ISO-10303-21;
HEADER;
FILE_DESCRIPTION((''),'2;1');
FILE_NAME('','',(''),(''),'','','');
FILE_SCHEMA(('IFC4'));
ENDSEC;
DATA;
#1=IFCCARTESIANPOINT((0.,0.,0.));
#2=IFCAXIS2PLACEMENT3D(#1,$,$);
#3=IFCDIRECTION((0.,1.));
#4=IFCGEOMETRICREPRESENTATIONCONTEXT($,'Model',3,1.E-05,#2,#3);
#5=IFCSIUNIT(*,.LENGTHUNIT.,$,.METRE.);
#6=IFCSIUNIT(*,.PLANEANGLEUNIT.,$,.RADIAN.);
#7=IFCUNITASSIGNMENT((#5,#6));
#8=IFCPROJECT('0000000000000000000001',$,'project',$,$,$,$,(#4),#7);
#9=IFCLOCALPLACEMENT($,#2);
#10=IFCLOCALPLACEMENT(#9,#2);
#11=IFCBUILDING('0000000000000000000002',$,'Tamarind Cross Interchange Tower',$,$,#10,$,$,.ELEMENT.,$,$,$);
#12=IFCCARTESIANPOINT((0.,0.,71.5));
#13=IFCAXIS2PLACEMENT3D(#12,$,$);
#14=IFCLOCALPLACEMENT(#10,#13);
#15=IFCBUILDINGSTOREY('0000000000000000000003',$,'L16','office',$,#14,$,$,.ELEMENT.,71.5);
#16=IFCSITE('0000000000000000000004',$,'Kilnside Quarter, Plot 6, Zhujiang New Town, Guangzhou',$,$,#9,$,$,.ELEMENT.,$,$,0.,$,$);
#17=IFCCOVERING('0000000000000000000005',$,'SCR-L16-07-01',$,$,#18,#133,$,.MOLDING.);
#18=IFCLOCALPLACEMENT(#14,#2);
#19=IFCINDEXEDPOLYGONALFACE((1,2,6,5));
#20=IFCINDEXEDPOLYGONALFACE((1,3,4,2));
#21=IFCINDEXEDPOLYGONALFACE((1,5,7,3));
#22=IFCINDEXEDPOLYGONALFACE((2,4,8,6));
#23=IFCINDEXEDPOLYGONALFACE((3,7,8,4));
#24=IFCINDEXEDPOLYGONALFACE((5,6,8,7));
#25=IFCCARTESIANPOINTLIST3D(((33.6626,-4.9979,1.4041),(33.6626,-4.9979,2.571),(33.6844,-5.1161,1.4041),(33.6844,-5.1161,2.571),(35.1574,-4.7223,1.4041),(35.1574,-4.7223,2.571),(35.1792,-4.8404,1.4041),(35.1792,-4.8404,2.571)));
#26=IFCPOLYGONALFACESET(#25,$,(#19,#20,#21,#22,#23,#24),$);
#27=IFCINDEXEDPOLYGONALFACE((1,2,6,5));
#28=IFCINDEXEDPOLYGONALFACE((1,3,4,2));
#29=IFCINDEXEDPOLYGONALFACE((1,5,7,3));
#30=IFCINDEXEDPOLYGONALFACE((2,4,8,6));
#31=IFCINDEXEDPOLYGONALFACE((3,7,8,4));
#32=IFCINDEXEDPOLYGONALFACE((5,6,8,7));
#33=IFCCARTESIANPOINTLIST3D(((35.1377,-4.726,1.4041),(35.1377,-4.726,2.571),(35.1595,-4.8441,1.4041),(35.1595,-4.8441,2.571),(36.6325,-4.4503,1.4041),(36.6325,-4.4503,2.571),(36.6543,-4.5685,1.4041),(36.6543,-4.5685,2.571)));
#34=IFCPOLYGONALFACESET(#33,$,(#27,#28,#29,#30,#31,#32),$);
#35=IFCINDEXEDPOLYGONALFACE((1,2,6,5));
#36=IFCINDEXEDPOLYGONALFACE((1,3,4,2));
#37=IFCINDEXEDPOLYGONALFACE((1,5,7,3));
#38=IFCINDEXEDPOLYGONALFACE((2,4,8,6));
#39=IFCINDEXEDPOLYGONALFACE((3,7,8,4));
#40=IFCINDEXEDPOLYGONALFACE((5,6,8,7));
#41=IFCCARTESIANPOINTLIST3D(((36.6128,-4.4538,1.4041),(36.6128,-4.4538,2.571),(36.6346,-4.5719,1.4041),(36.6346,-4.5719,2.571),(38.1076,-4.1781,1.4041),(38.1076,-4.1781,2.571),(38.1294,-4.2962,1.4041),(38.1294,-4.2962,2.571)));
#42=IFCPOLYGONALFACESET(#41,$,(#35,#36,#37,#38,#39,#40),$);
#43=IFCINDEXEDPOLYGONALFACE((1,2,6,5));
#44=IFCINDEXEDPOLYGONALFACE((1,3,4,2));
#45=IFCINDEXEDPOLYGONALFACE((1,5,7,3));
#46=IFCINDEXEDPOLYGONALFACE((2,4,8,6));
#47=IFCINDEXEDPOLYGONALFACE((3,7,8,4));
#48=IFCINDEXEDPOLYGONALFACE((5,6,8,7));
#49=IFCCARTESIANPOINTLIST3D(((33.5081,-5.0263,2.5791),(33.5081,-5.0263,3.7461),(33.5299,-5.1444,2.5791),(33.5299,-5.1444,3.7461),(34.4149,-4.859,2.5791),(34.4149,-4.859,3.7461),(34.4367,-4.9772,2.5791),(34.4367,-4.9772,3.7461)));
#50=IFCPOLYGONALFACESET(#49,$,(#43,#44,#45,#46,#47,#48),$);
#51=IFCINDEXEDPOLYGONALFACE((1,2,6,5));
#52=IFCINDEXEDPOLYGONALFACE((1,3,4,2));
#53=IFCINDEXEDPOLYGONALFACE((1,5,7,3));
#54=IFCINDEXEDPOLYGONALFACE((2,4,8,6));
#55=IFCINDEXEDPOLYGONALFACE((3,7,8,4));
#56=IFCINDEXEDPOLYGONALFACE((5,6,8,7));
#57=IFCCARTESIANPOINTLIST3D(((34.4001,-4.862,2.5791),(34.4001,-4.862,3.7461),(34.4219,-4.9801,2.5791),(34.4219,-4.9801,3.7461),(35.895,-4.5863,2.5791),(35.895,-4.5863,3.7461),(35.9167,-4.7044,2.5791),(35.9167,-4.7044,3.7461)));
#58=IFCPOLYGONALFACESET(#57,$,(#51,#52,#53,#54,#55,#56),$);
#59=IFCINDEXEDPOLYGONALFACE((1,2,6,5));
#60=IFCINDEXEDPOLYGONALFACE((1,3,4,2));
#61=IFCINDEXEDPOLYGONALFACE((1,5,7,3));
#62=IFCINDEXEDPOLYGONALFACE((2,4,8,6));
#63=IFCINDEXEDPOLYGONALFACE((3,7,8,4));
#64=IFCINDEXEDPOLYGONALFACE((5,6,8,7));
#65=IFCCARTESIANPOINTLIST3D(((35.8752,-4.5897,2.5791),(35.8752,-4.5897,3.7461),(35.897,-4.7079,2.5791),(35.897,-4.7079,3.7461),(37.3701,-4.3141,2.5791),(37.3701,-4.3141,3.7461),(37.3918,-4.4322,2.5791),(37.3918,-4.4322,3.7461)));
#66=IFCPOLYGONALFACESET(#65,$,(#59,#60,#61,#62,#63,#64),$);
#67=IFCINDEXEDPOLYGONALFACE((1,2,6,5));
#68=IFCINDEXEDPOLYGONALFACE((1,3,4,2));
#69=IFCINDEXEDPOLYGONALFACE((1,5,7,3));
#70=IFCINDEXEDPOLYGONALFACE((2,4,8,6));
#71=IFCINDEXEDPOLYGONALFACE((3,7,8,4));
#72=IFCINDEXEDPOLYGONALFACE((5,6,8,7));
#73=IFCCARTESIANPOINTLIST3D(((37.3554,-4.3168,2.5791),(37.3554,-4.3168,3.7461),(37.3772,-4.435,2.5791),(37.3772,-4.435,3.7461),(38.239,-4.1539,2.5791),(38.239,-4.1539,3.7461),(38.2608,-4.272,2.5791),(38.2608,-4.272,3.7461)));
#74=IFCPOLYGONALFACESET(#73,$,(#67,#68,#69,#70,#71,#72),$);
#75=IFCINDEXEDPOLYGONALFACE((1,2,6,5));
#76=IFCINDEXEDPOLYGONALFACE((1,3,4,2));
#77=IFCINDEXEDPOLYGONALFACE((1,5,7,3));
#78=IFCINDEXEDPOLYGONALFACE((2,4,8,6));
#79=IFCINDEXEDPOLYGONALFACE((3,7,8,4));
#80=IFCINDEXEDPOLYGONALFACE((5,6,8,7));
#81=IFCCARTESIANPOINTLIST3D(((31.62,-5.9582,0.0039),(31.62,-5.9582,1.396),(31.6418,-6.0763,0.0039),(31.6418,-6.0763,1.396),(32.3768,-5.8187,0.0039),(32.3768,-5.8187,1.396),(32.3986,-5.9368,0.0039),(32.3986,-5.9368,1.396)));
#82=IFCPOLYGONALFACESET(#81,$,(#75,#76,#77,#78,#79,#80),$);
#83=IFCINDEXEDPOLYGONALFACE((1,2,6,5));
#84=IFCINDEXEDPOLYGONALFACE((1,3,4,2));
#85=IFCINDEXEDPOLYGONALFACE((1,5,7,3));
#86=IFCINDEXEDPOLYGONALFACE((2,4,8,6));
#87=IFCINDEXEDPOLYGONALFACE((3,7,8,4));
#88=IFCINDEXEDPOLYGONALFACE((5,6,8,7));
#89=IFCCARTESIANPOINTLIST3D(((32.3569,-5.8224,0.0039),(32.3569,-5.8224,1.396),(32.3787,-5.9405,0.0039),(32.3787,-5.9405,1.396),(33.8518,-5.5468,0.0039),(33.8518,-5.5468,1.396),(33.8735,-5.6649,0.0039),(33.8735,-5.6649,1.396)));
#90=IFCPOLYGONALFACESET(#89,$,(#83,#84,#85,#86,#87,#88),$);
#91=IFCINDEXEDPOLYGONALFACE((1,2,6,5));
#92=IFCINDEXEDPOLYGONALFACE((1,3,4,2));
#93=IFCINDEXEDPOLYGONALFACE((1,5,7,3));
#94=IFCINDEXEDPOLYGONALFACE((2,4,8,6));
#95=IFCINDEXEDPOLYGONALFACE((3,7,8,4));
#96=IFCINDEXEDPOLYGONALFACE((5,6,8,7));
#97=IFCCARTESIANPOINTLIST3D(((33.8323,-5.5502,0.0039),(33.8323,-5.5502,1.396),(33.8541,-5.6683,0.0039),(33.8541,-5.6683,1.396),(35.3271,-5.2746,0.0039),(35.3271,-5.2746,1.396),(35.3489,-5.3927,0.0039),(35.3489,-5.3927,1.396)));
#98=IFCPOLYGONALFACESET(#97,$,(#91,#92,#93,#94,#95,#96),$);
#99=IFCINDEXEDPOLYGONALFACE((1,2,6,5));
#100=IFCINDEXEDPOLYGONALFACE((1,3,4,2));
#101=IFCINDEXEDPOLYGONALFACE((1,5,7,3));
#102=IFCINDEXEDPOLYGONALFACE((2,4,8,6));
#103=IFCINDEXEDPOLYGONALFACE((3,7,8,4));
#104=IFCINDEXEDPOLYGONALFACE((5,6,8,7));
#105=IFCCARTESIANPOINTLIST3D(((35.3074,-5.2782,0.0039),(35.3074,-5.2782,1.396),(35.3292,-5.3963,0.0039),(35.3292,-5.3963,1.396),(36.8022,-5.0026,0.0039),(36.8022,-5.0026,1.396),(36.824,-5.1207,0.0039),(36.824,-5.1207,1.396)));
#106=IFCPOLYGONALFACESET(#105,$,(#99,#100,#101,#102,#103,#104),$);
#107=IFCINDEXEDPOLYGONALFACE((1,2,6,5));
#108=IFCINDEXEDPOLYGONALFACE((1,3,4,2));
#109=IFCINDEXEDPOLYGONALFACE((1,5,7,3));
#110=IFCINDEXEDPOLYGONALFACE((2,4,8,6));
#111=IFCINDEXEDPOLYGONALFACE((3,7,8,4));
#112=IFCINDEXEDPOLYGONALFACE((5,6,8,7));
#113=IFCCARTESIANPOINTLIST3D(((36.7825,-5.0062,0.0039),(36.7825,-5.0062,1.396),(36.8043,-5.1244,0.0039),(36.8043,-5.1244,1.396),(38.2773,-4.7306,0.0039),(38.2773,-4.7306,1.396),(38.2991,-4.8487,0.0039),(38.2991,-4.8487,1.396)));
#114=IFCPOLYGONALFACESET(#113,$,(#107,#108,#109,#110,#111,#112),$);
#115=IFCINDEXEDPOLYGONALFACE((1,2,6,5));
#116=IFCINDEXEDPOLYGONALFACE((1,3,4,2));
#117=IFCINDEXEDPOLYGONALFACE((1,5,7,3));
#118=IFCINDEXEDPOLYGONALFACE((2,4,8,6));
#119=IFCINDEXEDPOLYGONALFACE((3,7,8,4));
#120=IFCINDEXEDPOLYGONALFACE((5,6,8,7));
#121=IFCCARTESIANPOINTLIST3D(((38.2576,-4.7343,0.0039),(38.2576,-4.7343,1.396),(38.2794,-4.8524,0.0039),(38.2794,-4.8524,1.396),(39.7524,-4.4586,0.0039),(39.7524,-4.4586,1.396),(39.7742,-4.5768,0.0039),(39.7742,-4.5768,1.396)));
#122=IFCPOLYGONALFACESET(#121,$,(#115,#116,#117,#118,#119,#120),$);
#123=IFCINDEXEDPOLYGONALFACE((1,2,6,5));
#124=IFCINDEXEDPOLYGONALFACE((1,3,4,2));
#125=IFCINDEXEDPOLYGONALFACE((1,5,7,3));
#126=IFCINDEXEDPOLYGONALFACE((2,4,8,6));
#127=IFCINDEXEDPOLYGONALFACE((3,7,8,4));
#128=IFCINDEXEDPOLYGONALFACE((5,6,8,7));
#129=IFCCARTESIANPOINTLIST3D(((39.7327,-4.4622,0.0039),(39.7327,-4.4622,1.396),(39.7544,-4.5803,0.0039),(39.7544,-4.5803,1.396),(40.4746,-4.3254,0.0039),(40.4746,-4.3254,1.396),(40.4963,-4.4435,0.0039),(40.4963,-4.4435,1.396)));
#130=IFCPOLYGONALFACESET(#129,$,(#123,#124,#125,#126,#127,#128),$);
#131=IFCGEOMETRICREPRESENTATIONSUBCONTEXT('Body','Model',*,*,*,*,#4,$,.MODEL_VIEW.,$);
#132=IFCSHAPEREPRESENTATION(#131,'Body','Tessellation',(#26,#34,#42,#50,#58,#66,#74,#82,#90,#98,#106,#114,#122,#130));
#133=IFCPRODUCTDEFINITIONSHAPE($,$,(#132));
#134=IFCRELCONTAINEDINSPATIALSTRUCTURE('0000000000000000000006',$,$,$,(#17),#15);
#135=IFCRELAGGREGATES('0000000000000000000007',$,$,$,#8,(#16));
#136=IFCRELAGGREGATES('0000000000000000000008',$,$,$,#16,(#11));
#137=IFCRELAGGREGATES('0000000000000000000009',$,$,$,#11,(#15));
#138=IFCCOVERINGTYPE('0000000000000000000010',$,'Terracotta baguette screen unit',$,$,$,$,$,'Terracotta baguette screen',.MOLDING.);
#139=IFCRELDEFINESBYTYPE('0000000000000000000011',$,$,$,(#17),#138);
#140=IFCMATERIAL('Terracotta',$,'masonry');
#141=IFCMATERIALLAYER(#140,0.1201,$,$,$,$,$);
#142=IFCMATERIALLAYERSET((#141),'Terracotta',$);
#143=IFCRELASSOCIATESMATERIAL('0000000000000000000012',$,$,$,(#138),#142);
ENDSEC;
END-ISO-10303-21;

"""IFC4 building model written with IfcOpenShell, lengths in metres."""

from ifc_helpers import new_model, si_unit, direction, frame, origin, origin_2d, place, context, subcontext, project, spatial, rectangle, extrude, material, layer, layer_set, type_object, element, save


model = new_model("IFC4")

# Units and contexts
model_context = context("Model", 3, precision=1e-05, world=origin(), true_north=direction((0.0, 1.0)))
body_context = subcontext(model_context, "Body", "Model", "MODEL_VIEW")
ifc_project = project(units=[si_unit("LENGTHUNIT", "METRE"), si_unit("PLANEANGLEUNIT", "RADIAN")], contexts=[model_context])

# Site, building, storey
site_placement = place(None, origin())
site = spatial("IfcSite", under=ifc_project, at=site_placement, Name="Kilnside Quarter, Plot 6, Zhujiang New Town, Guangzhou", CompositionType="ELEMENT", RefElevation=0.0)
building_placement = place(site_placement, origin())
building = spatial("IfcBuilding", under=site, at=building_placement, Name="Tamarind Cross Interchange Tower", CompositionType="ELEMENT")
storey_placement = place(building_placement, frame((0.0, 0.0, 71.5)))
storey = spatial("IfcBuildingStorey", under=building, at=storey_placement, Name="L16", Description="office", CompositionType="ELEMENT", Elevation=71.5)

# Covering
ifc_material_1 = material(Name="Terracotta", Category="masonry")
ifc_layer_1 = layer(ifc_material_1, 0.1201)
ifc_layer_set_1 = layer_set([ifc_layer_1], Name="Terracotta")
covering_type = type_object("IfcCoveringType", Name="Terracotta baguette screen unit", ElementType="Terracotta baguette screen", PredefinedType="MOLDING", material=ifc_layer_set_1)
covering_1_placement = place(storey_placement, origin())
element("IfcCovering", 1, at=covering_1_placement, inside=storey, type_object=covering_type, Name="SCR-L16-07-01", PredefinedType="MOLDING", context=body_context, shape_type="SweptSolid", body=[
    extrude(rectangle(XDim=1.52, YDim=0.1201, at=origin_2d()), frame((34.4209, -4.9192, 1.4041), z_axis=(0.0, 0.0, 1.0), x_axis=(0.98342, 0.181343, 0.0)), (0.0, 0.0, 1.0), 1.167),
    extrude(rectangle(XDim=1.52, YDim=0.1201, at=origin_2d()), frame((35.896, -4.6472, 1.4041), z_axis=(0.0, 0.0, 1.0), x_axis=(0.98342, 0.181343, 0.0)), (0.0, 0.0, 1.0), 1.167),
    extrude(rectangle(XDim=1.52, YDim=0.1201, at=origin_2d()), frame((37.3711, -4.375, 1.4041), z_axis=(0.0, 0.0, 1.0), x_axis=(0.98342, 0.181343, 0.0)), (0.0, 0.0, 1.0), 1.167),
    extrude(rectangle(XDim=0.9221, YDim=0.1201, at=origin_2d()), frame((33.9724, -5.0017, 2.5791), z_axis=(0.0, 0.0, 1.0), x_axis=(0.98342, 0.181343, 0.0)), (0.0, 0.0, 1.0), 1.167),
    extrude(rectangle(XDim=1.52, YDim=0.1201, at=origin_2d()), frame((35.1584, -4.7832, 2.5791), z_axis=(0.0, 0.0, 1.0), x_axis=(0.98342, 0.181343, 0.0)), (0.0, 0.0, 1.0), 1.167),
    extrude(rectangle(XDim=1.52, YDim=0.1201, at=origin_2d()), frame((36.6335, -4.511, 2.5791), z_axis=(0.0, 0.0, 1.0), x_axis=(0.98342, 0.181343, 0.0)), (0.0, 0.0, 1.0), 1.167),
    extrude(rectangle(XDim=0.8984, YDim=0.1201, at=origin_2d()), frame((37.8081, -4.2944, 2.5791), z_axis=(0.0, 0.0, 1.0), x_axis=(0.98342, 0.181343, 0.0)), (0.0, 0.0, 1.0), 1.167),
    extrude(rectangle(XDim=0.7695, YDim=0.1201, at=origin_2d()), frame((32.0093, -5.9475, 0.0039), z_axis=(0.0, 0.0, 1.0), x_axis=(0.98342, 0.181343, 0.0)), (0.0, 0.0, 1.0), 1.3921),
    extrude(rectangle(XDim=1.52, YDim=0.1201, at=origin_2d()), frame((33.1152, -5.7437, 0.0039), z_axis=(0.0, 0.0, 1.0), x_axis=(0.98342, 0.181343, 0.0)), (0.0, 0.0, 1.0), 1.3921),
    extrude(rectangle(XDim=1.52, YDim=0.1201, at=origin_2d()), frame((34.5906, -5.4714, 0.0039), z_axis=(0.0, 0.0, 1.0), x_axis=(0.98342, 0.181343, 0.0)), (0.0, 0.0, 1.0), 1.3921),
    extrude(rectangle(XDim=1.52, YDim=0.1201, at=origin_2d()), frame((36.0657, -5.1995, 0.0039), z_axis=(0.0, 0.0, 1.0), x_axis=(0.98342, 0.181343, 0.0)), (0.0, 0.0, 1.0), 1.3921),
    extrude(rectangle(XDim=1.52, YDim=0.1201, at=origin_2d()), frame((37.5408, -4.9275, 0.0039), z_axis=(0.0, 0.0, 1.0), x_axis=(0.98342, 0.181343, 0.0)), (0.0, 0.0, 1.0), 1.3921),
    extrude(rectangle(XDim=1.52, YDim=0.1201, at=origin_2d()), frame((39.0159, -4.6555, 0.0039), z_axis=(0.0, 0.0, 1.0), x_axis=(0.98342, 0.181343, 0.0)), (0.0, 0.0, 1.0), 1.3921),
    extrude(rectangle(XDim=0.7544, YDim=0.1201, at=origin_2d()), frame((40.1145, -4.4529, 0.0039), z_axis=(0.0, 0.0, 1.0), x_axis=(0.98342, 0.181343, 0.0)), (0.0, 0.0, 1.0), 1.3921),
])

save(model, "model.ifc")
